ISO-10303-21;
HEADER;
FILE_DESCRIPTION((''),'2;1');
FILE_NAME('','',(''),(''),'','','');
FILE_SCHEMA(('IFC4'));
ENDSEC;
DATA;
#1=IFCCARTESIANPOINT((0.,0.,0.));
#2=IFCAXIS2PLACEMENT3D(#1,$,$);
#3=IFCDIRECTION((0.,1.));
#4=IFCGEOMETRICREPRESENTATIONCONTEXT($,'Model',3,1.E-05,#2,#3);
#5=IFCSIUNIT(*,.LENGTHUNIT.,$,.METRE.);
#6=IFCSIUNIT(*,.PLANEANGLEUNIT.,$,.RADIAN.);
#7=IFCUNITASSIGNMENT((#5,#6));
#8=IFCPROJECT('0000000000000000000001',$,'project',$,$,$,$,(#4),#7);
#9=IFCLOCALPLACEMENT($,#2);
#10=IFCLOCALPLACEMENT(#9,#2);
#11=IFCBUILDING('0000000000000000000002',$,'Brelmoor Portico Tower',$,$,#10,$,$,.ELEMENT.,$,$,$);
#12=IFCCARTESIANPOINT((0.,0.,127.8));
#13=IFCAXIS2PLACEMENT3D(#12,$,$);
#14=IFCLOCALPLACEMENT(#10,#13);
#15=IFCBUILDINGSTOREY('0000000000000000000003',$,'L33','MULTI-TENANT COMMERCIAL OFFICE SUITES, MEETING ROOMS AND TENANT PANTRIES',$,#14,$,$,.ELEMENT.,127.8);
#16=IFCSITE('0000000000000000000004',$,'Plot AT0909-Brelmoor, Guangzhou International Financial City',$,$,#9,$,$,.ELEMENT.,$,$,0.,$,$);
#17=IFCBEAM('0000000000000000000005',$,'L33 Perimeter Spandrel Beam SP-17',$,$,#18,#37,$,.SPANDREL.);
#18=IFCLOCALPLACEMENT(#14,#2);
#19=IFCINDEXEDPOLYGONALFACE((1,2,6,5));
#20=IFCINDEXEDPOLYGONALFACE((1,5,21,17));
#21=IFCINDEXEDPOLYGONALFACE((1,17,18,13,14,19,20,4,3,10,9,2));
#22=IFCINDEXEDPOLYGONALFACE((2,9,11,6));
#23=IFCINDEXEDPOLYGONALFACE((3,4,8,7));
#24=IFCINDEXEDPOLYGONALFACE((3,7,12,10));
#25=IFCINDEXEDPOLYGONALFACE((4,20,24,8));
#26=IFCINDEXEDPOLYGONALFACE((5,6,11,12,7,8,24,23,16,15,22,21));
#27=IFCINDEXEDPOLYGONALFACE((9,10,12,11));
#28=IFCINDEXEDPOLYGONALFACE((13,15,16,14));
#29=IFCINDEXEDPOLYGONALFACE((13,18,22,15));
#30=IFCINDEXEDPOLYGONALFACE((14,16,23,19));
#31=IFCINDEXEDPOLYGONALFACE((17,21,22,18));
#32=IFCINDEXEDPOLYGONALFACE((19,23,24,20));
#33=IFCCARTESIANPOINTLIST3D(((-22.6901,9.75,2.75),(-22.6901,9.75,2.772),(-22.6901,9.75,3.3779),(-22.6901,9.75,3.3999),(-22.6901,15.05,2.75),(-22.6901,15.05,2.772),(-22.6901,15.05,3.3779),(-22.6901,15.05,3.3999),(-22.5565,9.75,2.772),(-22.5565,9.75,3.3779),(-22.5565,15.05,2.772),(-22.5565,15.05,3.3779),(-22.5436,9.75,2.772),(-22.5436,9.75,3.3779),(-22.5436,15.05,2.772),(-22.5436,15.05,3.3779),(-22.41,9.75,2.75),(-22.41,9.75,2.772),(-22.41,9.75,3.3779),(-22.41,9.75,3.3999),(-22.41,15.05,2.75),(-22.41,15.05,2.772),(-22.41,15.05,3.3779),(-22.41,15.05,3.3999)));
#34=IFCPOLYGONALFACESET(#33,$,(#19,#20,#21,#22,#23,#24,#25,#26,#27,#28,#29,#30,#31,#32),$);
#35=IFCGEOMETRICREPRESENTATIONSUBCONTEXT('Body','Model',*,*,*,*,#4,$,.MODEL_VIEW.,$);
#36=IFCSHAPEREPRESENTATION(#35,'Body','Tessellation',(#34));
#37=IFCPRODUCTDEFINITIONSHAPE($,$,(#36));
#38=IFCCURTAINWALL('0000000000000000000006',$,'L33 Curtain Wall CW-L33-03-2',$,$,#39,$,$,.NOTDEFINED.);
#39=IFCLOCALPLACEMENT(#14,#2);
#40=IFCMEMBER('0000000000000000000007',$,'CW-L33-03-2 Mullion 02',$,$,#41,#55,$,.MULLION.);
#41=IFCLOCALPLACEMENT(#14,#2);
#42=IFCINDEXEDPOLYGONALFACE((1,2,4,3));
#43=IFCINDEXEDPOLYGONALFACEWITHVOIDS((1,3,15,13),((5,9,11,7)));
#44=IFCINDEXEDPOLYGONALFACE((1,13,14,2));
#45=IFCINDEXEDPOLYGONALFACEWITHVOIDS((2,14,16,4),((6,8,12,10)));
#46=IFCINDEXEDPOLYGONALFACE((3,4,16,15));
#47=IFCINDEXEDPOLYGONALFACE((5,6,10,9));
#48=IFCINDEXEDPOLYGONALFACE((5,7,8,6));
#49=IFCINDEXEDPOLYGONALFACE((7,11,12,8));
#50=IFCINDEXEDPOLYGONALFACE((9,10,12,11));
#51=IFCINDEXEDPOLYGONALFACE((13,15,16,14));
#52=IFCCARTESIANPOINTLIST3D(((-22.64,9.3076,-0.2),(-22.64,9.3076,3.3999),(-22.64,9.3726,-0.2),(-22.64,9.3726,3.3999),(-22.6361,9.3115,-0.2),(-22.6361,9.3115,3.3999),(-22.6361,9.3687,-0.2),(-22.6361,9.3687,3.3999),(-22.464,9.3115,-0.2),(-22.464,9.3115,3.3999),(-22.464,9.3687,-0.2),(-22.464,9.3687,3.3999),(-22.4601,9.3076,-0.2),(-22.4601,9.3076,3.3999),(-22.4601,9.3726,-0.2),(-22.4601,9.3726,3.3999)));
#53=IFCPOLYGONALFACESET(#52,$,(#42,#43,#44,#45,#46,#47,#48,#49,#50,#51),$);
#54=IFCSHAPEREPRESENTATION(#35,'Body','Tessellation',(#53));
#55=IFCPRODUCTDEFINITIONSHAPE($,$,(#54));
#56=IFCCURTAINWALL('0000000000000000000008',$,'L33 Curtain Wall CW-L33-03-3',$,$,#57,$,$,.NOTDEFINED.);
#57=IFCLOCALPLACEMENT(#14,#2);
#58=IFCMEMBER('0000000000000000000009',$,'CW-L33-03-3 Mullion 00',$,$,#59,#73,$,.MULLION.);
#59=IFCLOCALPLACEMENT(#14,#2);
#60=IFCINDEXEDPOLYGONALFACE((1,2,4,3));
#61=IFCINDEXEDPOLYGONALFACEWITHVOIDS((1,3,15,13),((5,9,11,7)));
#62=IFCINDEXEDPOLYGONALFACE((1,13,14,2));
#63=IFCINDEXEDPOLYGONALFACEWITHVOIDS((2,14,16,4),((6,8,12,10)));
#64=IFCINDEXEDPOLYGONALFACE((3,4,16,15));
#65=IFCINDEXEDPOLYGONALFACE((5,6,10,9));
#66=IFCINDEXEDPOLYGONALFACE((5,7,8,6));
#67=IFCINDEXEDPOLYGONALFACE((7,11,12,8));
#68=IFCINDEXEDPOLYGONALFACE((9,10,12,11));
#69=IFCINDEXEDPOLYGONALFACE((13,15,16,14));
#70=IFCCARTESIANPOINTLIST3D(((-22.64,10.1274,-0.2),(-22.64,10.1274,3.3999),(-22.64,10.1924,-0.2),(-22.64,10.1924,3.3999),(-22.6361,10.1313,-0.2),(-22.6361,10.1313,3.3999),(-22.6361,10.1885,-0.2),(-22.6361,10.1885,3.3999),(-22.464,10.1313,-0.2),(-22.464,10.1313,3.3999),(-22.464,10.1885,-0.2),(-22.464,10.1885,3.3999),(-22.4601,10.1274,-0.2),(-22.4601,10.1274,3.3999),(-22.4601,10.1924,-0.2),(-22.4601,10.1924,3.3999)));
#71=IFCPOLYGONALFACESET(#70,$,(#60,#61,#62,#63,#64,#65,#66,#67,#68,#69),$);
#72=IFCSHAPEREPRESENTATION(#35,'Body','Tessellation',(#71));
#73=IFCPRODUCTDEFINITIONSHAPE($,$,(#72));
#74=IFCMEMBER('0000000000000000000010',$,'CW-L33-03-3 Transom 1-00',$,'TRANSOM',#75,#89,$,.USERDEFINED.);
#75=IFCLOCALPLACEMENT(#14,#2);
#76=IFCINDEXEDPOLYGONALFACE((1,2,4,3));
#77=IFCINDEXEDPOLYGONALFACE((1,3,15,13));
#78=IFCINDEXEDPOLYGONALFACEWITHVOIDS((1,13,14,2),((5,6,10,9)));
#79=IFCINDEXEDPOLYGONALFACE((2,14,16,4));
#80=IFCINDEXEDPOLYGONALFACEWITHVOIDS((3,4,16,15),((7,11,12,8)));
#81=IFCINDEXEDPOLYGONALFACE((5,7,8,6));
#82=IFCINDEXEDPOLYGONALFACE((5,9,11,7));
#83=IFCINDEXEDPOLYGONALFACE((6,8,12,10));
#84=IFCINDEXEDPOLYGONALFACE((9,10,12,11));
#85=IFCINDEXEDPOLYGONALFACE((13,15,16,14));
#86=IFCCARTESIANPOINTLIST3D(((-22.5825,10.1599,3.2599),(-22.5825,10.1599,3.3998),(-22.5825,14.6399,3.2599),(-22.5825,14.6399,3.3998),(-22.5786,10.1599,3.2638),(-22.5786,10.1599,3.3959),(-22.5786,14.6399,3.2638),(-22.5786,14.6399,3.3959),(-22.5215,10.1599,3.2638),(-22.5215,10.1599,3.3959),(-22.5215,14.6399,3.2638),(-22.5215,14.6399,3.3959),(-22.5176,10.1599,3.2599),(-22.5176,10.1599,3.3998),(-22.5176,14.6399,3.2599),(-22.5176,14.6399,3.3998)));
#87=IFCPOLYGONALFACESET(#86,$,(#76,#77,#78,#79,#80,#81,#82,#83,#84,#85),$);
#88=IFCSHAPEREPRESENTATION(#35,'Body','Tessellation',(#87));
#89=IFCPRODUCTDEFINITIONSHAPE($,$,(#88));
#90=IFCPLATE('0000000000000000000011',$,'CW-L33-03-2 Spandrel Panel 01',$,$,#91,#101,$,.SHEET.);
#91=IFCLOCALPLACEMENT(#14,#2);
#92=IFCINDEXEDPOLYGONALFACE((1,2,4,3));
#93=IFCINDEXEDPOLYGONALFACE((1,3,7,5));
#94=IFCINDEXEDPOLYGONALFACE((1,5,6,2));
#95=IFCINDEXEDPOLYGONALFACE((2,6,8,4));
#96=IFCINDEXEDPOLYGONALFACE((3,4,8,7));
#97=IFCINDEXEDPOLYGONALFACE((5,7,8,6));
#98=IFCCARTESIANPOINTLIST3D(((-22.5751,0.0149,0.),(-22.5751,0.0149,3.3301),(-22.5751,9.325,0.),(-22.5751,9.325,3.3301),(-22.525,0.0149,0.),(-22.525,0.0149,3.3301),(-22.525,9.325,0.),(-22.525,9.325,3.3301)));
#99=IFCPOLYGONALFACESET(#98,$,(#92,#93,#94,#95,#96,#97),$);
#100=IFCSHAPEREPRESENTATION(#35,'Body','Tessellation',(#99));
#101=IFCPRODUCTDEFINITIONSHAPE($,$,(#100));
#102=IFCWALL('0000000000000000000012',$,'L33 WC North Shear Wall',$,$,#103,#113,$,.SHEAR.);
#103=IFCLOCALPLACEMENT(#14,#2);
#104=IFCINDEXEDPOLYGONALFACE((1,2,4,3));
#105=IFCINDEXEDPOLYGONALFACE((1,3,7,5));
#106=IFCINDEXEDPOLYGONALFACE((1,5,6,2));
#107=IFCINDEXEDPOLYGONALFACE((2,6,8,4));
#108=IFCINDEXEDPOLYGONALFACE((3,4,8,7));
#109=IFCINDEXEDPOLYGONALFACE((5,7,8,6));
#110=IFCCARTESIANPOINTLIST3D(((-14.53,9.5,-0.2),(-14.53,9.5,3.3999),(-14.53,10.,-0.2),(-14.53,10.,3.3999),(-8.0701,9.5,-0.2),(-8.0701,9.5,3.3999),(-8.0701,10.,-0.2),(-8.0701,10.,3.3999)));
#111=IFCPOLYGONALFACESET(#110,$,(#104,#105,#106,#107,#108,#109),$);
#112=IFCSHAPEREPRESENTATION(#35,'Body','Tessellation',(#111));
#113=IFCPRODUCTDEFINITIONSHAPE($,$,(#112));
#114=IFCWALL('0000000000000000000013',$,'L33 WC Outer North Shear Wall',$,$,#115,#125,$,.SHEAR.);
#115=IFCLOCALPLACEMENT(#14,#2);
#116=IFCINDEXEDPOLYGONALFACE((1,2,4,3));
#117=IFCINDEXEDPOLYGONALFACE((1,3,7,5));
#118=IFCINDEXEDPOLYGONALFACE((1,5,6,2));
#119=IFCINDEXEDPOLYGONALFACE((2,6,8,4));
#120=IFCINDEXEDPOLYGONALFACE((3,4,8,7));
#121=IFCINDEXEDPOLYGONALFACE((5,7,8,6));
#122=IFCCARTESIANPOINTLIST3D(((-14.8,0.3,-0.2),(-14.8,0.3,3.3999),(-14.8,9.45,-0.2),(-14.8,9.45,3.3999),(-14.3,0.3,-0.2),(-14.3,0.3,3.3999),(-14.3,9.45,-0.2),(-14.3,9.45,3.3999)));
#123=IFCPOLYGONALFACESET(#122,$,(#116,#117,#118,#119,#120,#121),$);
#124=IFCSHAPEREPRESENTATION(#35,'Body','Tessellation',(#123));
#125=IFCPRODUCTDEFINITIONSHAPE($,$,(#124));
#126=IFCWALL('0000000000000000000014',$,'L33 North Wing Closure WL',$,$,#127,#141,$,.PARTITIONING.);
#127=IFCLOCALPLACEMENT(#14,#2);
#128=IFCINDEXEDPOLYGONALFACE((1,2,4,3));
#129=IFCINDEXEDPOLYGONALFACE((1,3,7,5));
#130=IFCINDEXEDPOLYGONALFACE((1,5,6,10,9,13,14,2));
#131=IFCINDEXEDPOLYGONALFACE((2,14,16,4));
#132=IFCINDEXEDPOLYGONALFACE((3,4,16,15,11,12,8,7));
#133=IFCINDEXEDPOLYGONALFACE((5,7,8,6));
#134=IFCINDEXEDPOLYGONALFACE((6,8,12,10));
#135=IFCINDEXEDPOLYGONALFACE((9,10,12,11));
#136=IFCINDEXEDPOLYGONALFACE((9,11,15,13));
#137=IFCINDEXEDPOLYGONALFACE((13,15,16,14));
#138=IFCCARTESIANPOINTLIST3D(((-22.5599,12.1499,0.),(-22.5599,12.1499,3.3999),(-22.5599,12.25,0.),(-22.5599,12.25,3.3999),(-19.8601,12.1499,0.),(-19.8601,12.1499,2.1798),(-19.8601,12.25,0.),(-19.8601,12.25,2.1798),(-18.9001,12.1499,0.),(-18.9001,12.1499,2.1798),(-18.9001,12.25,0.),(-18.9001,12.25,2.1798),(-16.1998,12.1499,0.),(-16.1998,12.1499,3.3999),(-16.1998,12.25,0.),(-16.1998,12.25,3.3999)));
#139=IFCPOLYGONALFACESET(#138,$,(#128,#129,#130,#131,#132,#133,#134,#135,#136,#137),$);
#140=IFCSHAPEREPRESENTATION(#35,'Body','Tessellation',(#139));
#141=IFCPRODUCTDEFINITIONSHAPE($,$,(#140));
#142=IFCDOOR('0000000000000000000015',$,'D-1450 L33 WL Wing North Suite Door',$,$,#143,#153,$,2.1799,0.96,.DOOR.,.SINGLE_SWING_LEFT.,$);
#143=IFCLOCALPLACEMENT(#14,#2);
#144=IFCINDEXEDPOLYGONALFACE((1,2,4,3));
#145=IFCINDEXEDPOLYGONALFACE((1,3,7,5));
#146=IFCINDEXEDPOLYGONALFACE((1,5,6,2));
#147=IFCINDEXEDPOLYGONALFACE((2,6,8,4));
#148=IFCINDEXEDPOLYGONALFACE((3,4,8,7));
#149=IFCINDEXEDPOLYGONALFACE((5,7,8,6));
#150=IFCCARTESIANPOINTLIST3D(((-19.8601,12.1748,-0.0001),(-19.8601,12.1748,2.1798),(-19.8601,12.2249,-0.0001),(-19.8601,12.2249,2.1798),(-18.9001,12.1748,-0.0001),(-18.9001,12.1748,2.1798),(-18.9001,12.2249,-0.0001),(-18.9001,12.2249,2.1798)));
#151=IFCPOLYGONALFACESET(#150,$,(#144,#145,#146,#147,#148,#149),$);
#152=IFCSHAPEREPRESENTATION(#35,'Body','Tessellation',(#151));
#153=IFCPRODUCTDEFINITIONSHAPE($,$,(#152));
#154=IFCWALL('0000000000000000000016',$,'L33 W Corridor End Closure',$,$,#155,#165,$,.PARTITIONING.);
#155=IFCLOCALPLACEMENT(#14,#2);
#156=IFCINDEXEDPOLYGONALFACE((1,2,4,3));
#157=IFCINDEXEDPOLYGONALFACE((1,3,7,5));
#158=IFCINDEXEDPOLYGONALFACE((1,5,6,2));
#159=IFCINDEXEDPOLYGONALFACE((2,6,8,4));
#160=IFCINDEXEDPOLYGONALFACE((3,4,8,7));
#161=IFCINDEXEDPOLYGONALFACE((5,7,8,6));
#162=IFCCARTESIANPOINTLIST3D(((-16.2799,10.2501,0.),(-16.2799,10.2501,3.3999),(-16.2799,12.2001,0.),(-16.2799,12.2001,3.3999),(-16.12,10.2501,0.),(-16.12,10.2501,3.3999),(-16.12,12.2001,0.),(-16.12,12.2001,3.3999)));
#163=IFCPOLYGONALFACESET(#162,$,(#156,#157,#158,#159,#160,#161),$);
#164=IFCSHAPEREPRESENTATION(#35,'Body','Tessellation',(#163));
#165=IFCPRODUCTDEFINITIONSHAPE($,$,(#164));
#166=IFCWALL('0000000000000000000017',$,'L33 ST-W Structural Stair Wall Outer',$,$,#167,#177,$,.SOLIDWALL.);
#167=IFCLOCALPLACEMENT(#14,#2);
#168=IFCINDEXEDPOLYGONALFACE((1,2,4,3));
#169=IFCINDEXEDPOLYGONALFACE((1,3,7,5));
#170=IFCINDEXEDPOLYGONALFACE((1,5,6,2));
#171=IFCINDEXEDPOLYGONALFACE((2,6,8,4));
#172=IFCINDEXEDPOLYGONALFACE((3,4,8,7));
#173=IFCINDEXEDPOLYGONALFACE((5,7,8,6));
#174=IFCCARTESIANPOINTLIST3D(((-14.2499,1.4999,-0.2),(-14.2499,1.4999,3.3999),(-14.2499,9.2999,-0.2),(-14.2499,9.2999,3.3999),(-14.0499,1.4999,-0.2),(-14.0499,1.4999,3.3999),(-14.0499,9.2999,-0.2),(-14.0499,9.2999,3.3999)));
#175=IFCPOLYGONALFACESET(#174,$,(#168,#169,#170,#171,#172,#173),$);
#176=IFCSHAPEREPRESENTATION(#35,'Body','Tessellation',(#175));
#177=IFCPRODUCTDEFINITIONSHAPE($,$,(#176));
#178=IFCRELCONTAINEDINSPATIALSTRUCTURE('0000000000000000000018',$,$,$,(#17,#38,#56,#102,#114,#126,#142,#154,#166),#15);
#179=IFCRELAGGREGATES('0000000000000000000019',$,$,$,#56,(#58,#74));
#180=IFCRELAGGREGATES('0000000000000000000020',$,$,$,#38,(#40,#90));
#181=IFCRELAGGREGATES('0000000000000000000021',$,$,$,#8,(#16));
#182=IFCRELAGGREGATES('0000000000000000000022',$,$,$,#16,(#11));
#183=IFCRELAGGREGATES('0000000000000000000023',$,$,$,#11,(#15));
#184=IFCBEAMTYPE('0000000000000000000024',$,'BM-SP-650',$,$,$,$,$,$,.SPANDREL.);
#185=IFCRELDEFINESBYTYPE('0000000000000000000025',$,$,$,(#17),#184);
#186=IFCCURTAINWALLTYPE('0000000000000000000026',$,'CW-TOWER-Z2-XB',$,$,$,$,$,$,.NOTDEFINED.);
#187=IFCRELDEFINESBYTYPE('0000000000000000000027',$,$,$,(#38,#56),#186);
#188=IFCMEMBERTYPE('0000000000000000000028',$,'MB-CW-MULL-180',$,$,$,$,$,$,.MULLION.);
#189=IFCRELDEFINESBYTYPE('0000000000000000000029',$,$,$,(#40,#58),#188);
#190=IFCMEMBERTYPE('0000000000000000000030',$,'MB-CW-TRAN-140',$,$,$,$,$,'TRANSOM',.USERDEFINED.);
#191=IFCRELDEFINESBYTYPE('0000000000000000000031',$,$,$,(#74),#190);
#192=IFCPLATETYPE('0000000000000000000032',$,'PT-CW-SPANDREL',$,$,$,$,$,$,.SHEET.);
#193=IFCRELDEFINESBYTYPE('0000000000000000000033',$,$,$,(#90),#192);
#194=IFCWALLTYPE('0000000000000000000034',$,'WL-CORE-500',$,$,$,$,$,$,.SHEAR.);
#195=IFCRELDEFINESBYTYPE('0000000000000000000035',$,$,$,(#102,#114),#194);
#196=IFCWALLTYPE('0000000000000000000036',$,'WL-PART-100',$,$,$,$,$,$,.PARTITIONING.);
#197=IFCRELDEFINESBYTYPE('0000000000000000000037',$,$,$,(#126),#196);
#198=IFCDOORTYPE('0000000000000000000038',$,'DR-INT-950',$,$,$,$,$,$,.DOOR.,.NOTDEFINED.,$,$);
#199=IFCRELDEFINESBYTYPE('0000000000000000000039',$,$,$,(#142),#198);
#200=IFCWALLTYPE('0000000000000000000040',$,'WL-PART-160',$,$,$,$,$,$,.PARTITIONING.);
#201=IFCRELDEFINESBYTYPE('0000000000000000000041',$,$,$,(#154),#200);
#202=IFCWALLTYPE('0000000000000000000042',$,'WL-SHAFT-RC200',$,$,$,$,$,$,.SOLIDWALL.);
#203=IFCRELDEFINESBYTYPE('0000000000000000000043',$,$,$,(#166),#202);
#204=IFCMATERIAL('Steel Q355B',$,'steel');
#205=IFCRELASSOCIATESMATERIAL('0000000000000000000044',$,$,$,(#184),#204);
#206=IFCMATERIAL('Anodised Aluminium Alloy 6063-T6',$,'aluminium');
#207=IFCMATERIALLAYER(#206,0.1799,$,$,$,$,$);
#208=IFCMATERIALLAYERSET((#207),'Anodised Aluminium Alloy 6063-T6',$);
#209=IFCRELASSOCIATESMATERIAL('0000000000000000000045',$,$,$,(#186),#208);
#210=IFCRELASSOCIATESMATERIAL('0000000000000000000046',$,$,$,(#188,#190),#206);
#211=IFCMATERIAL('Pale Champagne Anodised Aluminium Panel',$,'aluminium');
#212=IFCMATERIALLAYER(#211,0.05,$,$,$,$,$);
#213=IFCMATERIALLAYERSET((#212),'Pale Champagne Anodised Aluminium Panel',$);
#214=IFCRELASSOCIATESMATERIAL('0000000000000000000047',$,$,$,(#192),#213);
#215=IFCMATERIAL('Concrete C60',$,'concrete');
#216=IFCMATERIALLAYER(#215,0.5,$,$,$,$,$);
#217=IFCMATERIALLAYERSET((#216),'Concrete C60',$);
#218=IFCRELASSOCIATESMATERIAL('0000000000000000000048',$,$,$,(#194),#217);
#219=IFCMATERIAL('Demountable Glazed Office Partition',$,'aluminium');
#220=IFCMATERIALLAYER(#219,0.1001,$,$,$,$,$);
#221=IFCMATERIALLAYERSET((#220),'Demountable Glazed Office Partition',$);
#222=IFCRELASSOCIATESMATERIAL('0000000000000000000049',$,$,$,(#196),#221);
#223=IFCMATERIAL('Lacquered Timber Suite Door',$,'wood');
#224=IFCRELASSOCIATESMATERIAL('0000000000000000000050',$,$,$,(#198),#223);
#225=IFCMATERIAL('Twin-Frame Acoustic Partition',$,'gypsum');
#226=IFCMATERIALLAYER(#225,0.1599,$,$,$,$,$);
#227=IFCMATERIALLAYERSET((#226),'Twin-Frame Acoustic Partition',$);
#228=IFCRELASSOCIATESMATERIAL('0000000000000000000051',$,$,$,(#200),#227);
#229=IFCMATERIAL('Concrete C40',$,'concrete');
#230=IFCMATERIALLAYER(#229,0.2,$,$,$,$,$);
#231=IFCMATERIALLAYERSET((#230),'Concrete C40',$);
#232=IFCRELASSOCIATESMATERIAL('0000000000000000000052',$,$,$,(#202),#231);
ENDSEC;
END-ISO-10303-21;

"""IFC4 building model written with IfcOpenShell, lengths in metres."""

from ifc_helpers import new_model, si_unit, direction, frame, frame_2d, origin, origin_2d, place, context, subcontext, project, spatial, rectangle, hollow_rectangle, i_section, extrude, material, layer, layer_set, material_profile, profile_set, type_object, element, fill, aggregate, save


model = new_model("IFC4")

# Units and contexts
model_context = context("Model", 3, precision=1e-05, world=origin(), true_north=direction((0.0, 1.0)))
body_context = subcontext(model_context, "Body", "Model", "MODEL_VIEW")
ifc_project = project(units=[si_unit("LENGTHUNIT", "METRE"), si_unit("PLANEANGLEUNIT", "RADIAN")], contexts=[model_context])

# Site, building, storey
site_placement = place(None, origin())
site = spatial("IfcSite", under=ifc_project, at=site_placement, Name="Plot AT0909-Brelmoor, Guangzhou International Financial City", CompositionType="ELEMENT", RefElevation=0.0)
building_placement = place(site_placement, origin())
building = spatial("IfcBuilding", under=site, at=building_placement, Name="Brelmoor Portico Tower", CompositionType="ELEMENT")
storey_placement = place(building_placement, frame((0.0, 0.0, 127.8)))
storey = spatial("IfcBuildingStorey", under=building, at=storey_placement, Name="L33", Description="MULTI-TENANT COMMERCIAL OFFICE SUITES, MEETING ROOMS AND TENANT PANTRIES", CompositionType="ELEMENT", Elevation=127.8)

# Shared definitions
ifc_material_1 = material(Name="Steel Q355B", Category="steel")

# Beam
ifc_material_profile_1 = material_profile(ifc_material_1, i_section(OverallWidth=0.28, OverallDepth=0.6499, WebThickness=0.0129, FlangeThickness=0.022, at=origin_2d()), Name="HN 650x280x13x22")
ifc_profile_set_1 = profile_set([ifc_material_profile_1], Name="Steel Q355B")
beam_type_1 = type_object("IfcBeamType", Name="BM-SP-650", PredefinedType="SPANDREL", material=ifc_profile_set_1)
beam_1_placement = place(storey_placement, frame((-22.55, 9.75, 3.075), z_axis=(0.0, 1.0, 0.0), x_axis=(-1.0, 0.0, 0.0)))
element("IfcBeam", 1, at=beam_1_placement, inside=storey, type_object=beam_type_1, Name="L33 Perimeter Spandrel Beam SP-17", PredefinedType="SPANDREL", context=body_context, shape_type="SweptSolid", body=[
    extrude(i_section(OverallWidth=0.28, OverallDepth=0.6499, WebThickness=0.0129, FlangeThickness=0.022, at=origin_2d()), origin(), (0.0, 0.0, 1.0), 5.3),
])

# Curtain wall, member
ifc_material_2 = material(Name="Anodised Aluminium Alloy 6063-T6", Category="aluminium")
ifc_layer_1 = layer(ifc_material_2, 0.1799)
ifc_layer_set_1 = layer_set([ifc_layer_1], Name="Anodised Aluminium Alloy 6063-T6")
curtain_wall_type = type_object("IfcCurtainWallType", Name="CW-TOWER-Z2-XB", PredefinedType="NOTDEFINED", material=ifc_layer_set_1)
curtain_wall_1_placement = place(storey_placement, origin())
curtain_wall_1 = element("IfcCurtainWall", 2, at=curtain_wall_1_placement, inside=storey, type_object=curtain_wall_type, Name="L33 Curtain Wall CW-L33-03-2", PredefinedType="NOTDEFINED")
ifc_material_profile_2 = material_profile(ifc_material_2, hollow_rectangle(XDim=0.0649, YDim=0.1799, WallThickness=0.0039, at=origin_2d()), Name="ALU MULLION 65x180")
ifc_profile_set_2 = profile_set([ifc_material_profile_2], Name="Anodised Aluminium Alloy 6063-T6")
member_type_1 = type_object("IfcMemberType", Name="MB-CW-MULL-180", PredefinedType="MULLION", material=ifc_profile_set_2)
member_1_placement = place(storey_placement, frame((-22.55, 9.3401, -0.2), z_axis=(0.0, 0.0, 1.0), x_axis=(0.0, 1.0, 0.0)))
member_1 = element("IfcMember", 3, at=member_1_placement, type_object=member_type_1, Name="CW-L33-03-2 Mullion 02", PredefinedType="MULLION", context=body_context, shape_type="SweptSolid", body=[
    extrude(hollow_rectangle(XDim=0.0649, YDim=0.1799, WallThickness=0.0039, at=origin_2d()), origin(), (0.0, 0.0, 1.0), 3.5999),
])

# Curtain wall, members
curtain_wall_2_placement = place(storey_placement, origin())
curtain_wall_2 = element("IfcCurtainWall", 4, at=curtain_wall_2_placement, inside=storey, type_object=curtain_wall_type, Name="L33 Curtain Wall CW-L33-03-3", PredefinedType="NOTDEFINED")
member_2_placement = place(storey_placement, frame((-22.55, 10.1599, -0.2), z_axis=(0.0, 0.0, 1.0), x_axis=(0.0, 1.0, 0.0)))
member_2 = element("IfcMember", 5, at=member_2_placement, type_object=member_type_1, Name="CW-L33-03-3 Mullion 00", PredefinedType="MULLION", context=body_context, shape_type="SweptSolid", body=[
    extrude(hollow_rectangle(XDim=0.0649, YDim=0.1799, WallThickness=0.0039, at=origin_2d()), origin(), (0.0, 0.0, 1.0), 3.5999),
])
ifc_material_profile_3 = material_profile(ifc_material_2, hollow_rectangle(XDim=0.0649, YDim=0.1399, WallThickness=0.0039, at=origin_2d()), Name="ALU TRANSOM 65x140")
ifc_profile_set_3 = profile_set([ifc_material_profile_3], Name="Anodised Aluminium Alloy 6063-T6")
member_type_2 = type_object("IfcMemberType", Name="MB-CW-TRAN-140", ElementType="TRANSOM", PredefinedType="USERDEFINED", material=ifc_profile_set_3)
member_3_placement = place(storey_placement, frame((-22.55, 10.1599, 3.3298), z_axis=(0.0, 1.0, 0.0), x_axis=(-1.0, 0.0, 0.0)))
member_3 = element("IfcMember", 6, at=member_3_placement, type_object=member_type_2, Name="CW-L33-03-3 Transom 1-00", ObjectType="TRANSOM", PredefinedType="USERDEFINED", context=body_context, shape_type="SweptSolid", body=[
    extrude(hollow_rectangle(XDim=0.0649, YDim=0.1399, WallThickness=0.0039, at=origin_2d()), origin(), (0.0, 0.0, 1.0), 4.48),
])
aggregate(curtain_wall_2, [member_2, member_3])

# Plate
ifc_material_3 = material(Name="Pale Champagne Anodised Aluminium Panel", Category="aluminium")
ifc_layer_2 = layer(ifc_material_3, 0.05)
ifc_layer_set_2 = layer_set([ifc_layer_2], Name="Pale Champagne Anodised Aluminium Panel")
plate_type = type_object("IfcPlateType", Name="PT-CW-SPANDREL", PredefinedType="SHEET", material=ifc_layer_set_2)
plate_placement = place(storey_placement, frame((-22.55, 4.6699, 0.0), z_axis=(0.0, 0.0, 1.0), x_axis=(0.0, 1.0, 0.0)))
plate = element("IfcPlate", 7, at=plate_placement, type_object=plate_type, Name="CW-L33-03-2 Spandrel Panel 01", PredefinedType="SHEET", context=body_context, shape_type="SweptSolid", body=[
    extrude(rectangle(XDim=9.3101, YDim=0.05, at=origin_2d()), origin(), (0.0, 0.0, 1.0), 3.3301),
])
aggregate(curtain_wall_1, [member_1, plate])

# Walls
ifc_material_4 = material(Name="Concrete C60", Category="concrete")
ifc_layer_3 = layer(ifc_material_4, 0.5)
ifc_layer_set_3 = layer_set([ifc_layer_3], Name="Concrete C60")
wall_type_1 = type_object("IfcWallType", Name="WL-CORE-500", PredefinedType="SHEAR", material=ifc_layer_set_3)
wall_1_placement = place(storey_placement, frame((-14.53, 9.75, -0.2), z_axis=(0.0, 0.0, 1.0), x_axis=(1.0, 0.0, 0.0)))
element("IfcWall", 8, at=wall_1_placement, inside=storey, type_object=wall_type_1, Name="L33 WC North Shear Wall", PredefinedType="SHEAR", context=body_context, shape_type="SweptSolid", body=[
    extrude(rectangle(XDim=6.46, YDim=0.5, at=frame_2d((3.23, 0.0))), origin(), (0.0, 0.0, 1.0), 3.5999),
])
wall_2_placement = place(storey_placement, frame((-14.55, 0.3, -0.2), z_axis=(0.0, 0.0, 1.0), x_axis=(0.0, 1.0, 0.0)))
element("IfcWall", 9, at=wall_2_placement, inside=storey, type_object=wall_type_1, Name="L33 WC Outer North Shear Wall", PredefinedType="SHEAR", context=body_context, shape_type="SweptSolid", body=[
    extrude(rectangle(XDim=9.1499, YDim=0.5, at=frame_2d((4.575, 0.0))), origin(), (0.0, 0.0, 1.0), 3.5999),
])

# Wall, opening, door
ifc_material_5 = material(Name="Demountable Glazed Office Partition", Category="aluminium")
ifc_layer_4 = layer(ifc_material_5, 0.1001)
ifc_layer_set_4 = layer_set([ifc_layer_4], Name="Demountable Glazed Office Partition")
wall_type_2 = type_object("IfcWallType", Name="WL-PART-100", PredefinedType="PARTITIONING", material=ifc_layer_set_4)
wall_3_placement = place(storey_placement, frame((-22.5601, 12.2, 0.0), z_axis=(0.0, 0.0, 1.0), x_axis=(1.0, 0.0, 0.0)))
wall_3 = element("IfcWall", 10, at=wall_3_placement, inside=storey, type_object=wall_type_2, Name="L33 North Wing Closure WL", PredefinedType="PARTITIONING", context=body_context, shape_type="SweptSolid", body=[
    extrude(rectangle(XDim=6.3601, YDim=0.1001, at=frame_2d((3.1802, 0.0))), origin(), (0.0, 0.0, 1.0), 3.3999),
])
opening_1_placement = place(wall_3_placement, frame((2.7, 0.0, 0.0)))
opening_1 = element("IfcOpeningElement", 11, at=opening_1_placement, cuts=wall_3, PredefinedType="OPENING", context=body_context, shape_type="SweptSolid", body=[
    extrude(rectangle(XDim=0.96, YDim=2.1799, at=frame_2d((0.48, 1.0898))), frame((0.0, 0.0601, 0.0), z_axis=(0.0, -1.0, 0.0), x_axis=(1.0, 0.0, 0.0)), (0.0, 0.0, 1.0), 0.1201),
])
ifc_material_6 = material(Name="Lacquered Timber Suite Door", Category="wood")
door_type_1 = type_object("IfcDoorType", Name="DR-INT-950", OperationType="NOTDEFINED", PredefinedType="DOOR", material=ifc_material_6)
door_1_placement = place(opening_1_placement, origin())
door_1 = element("IfcDoor", 12, at=door_1_placement, inside=storey, type_object=door_type_1, Name="D-1450 L33 WL Wing North Suite Door", OperationType="SINGLE_SWING_LEFT", OverallHeight=2.1799, OverallWidth=0.96, PredefinedType="DOOR", context=body_context, shape_type="SweptSolid", body=[
    extrude(rectangle(XDim=0.96, YDim=2.1799, at=frame_2d((0.48, 1.0898))), frame((0.0, 0.0249, 0.0), z_axis=(0.0, -1.0, 0.0), x_axis=(1.0, 0.0, 0.0)), (0.0, 0.0, 1.0), 0.05),
])
fill(opening_1, door_1)
ifc_material_7 = material(Name="Twin-Frame Acoustic Partition", Category="gypsum")
ifc_layer_5 = layer(ifc_material_7, 0.1599)
ifc_layer_set_5 = layer_set([ifc_layer_5], Name="Twin-Frame Acoustic Partition")
wall_type_3 = type_object("IfcWallType", Name="WL-PART-160", PredefinedType="PARTITIONING", material=ifc_layer_set_5)

# Walls
wall_4_placement = place(storey_placement, frame((-16.2, 10.25, 0.0), z_axis=(0.0, 0.0, 1.0), x_axis=(0.0, 1.0, 0.0)))
element("IfcWall", 13, at=wall_4_placement, inside=storey, type_object=wall_type_3, Name="L33 W Corridor End Closure", PredefinedType="PARTITIONING", context=body_context, shape_type="SweptSolid", body=[
    extrude(rectangle(XDim=1.95, YDim=0.1599, at=frame_2d((0.9751, 0.0))), origin(), (0.0, 0.0, 1.0), 3.3999),
])
ifc_material_8 = material(Name="Concrete C40", Category="concrete")
ifc_layer_6 = layer(ifc_material_8, 0.2)
ifc_layer_set_6 = layer_set([ifc_layer_6], Name="Concrete C40")
wall_type_4 = type_object("IfcWallType", Name="WL-SHAFT-RC200", PredefinedType="SOLIDWALL", material=ifc_layer_set_6)
wall_5_placement = place(storey_placement, frame((-14.1499, 1.5, -0.2), z_axis=(0.0, 0.0, 1.0), x_axis=(0.0, 1.0, 0.0)))
element("IfcWall", 14, at=wall_5_placement, inside=storey, type_object=wall_type_4, Name="L33 ST-W Structural Stair Wall Outer", PredefinedType="SOLIDWALL", context=body_context, shape_type="SweptSolid", body=[
    extrude(rectangle(XDim=7.8, YDim=0.2, at=frame_2d((3.8999, 0.0))), origin(), (0.0, 0.0, 1.0), 3.5999),
])

save(model, "model.ifc")
